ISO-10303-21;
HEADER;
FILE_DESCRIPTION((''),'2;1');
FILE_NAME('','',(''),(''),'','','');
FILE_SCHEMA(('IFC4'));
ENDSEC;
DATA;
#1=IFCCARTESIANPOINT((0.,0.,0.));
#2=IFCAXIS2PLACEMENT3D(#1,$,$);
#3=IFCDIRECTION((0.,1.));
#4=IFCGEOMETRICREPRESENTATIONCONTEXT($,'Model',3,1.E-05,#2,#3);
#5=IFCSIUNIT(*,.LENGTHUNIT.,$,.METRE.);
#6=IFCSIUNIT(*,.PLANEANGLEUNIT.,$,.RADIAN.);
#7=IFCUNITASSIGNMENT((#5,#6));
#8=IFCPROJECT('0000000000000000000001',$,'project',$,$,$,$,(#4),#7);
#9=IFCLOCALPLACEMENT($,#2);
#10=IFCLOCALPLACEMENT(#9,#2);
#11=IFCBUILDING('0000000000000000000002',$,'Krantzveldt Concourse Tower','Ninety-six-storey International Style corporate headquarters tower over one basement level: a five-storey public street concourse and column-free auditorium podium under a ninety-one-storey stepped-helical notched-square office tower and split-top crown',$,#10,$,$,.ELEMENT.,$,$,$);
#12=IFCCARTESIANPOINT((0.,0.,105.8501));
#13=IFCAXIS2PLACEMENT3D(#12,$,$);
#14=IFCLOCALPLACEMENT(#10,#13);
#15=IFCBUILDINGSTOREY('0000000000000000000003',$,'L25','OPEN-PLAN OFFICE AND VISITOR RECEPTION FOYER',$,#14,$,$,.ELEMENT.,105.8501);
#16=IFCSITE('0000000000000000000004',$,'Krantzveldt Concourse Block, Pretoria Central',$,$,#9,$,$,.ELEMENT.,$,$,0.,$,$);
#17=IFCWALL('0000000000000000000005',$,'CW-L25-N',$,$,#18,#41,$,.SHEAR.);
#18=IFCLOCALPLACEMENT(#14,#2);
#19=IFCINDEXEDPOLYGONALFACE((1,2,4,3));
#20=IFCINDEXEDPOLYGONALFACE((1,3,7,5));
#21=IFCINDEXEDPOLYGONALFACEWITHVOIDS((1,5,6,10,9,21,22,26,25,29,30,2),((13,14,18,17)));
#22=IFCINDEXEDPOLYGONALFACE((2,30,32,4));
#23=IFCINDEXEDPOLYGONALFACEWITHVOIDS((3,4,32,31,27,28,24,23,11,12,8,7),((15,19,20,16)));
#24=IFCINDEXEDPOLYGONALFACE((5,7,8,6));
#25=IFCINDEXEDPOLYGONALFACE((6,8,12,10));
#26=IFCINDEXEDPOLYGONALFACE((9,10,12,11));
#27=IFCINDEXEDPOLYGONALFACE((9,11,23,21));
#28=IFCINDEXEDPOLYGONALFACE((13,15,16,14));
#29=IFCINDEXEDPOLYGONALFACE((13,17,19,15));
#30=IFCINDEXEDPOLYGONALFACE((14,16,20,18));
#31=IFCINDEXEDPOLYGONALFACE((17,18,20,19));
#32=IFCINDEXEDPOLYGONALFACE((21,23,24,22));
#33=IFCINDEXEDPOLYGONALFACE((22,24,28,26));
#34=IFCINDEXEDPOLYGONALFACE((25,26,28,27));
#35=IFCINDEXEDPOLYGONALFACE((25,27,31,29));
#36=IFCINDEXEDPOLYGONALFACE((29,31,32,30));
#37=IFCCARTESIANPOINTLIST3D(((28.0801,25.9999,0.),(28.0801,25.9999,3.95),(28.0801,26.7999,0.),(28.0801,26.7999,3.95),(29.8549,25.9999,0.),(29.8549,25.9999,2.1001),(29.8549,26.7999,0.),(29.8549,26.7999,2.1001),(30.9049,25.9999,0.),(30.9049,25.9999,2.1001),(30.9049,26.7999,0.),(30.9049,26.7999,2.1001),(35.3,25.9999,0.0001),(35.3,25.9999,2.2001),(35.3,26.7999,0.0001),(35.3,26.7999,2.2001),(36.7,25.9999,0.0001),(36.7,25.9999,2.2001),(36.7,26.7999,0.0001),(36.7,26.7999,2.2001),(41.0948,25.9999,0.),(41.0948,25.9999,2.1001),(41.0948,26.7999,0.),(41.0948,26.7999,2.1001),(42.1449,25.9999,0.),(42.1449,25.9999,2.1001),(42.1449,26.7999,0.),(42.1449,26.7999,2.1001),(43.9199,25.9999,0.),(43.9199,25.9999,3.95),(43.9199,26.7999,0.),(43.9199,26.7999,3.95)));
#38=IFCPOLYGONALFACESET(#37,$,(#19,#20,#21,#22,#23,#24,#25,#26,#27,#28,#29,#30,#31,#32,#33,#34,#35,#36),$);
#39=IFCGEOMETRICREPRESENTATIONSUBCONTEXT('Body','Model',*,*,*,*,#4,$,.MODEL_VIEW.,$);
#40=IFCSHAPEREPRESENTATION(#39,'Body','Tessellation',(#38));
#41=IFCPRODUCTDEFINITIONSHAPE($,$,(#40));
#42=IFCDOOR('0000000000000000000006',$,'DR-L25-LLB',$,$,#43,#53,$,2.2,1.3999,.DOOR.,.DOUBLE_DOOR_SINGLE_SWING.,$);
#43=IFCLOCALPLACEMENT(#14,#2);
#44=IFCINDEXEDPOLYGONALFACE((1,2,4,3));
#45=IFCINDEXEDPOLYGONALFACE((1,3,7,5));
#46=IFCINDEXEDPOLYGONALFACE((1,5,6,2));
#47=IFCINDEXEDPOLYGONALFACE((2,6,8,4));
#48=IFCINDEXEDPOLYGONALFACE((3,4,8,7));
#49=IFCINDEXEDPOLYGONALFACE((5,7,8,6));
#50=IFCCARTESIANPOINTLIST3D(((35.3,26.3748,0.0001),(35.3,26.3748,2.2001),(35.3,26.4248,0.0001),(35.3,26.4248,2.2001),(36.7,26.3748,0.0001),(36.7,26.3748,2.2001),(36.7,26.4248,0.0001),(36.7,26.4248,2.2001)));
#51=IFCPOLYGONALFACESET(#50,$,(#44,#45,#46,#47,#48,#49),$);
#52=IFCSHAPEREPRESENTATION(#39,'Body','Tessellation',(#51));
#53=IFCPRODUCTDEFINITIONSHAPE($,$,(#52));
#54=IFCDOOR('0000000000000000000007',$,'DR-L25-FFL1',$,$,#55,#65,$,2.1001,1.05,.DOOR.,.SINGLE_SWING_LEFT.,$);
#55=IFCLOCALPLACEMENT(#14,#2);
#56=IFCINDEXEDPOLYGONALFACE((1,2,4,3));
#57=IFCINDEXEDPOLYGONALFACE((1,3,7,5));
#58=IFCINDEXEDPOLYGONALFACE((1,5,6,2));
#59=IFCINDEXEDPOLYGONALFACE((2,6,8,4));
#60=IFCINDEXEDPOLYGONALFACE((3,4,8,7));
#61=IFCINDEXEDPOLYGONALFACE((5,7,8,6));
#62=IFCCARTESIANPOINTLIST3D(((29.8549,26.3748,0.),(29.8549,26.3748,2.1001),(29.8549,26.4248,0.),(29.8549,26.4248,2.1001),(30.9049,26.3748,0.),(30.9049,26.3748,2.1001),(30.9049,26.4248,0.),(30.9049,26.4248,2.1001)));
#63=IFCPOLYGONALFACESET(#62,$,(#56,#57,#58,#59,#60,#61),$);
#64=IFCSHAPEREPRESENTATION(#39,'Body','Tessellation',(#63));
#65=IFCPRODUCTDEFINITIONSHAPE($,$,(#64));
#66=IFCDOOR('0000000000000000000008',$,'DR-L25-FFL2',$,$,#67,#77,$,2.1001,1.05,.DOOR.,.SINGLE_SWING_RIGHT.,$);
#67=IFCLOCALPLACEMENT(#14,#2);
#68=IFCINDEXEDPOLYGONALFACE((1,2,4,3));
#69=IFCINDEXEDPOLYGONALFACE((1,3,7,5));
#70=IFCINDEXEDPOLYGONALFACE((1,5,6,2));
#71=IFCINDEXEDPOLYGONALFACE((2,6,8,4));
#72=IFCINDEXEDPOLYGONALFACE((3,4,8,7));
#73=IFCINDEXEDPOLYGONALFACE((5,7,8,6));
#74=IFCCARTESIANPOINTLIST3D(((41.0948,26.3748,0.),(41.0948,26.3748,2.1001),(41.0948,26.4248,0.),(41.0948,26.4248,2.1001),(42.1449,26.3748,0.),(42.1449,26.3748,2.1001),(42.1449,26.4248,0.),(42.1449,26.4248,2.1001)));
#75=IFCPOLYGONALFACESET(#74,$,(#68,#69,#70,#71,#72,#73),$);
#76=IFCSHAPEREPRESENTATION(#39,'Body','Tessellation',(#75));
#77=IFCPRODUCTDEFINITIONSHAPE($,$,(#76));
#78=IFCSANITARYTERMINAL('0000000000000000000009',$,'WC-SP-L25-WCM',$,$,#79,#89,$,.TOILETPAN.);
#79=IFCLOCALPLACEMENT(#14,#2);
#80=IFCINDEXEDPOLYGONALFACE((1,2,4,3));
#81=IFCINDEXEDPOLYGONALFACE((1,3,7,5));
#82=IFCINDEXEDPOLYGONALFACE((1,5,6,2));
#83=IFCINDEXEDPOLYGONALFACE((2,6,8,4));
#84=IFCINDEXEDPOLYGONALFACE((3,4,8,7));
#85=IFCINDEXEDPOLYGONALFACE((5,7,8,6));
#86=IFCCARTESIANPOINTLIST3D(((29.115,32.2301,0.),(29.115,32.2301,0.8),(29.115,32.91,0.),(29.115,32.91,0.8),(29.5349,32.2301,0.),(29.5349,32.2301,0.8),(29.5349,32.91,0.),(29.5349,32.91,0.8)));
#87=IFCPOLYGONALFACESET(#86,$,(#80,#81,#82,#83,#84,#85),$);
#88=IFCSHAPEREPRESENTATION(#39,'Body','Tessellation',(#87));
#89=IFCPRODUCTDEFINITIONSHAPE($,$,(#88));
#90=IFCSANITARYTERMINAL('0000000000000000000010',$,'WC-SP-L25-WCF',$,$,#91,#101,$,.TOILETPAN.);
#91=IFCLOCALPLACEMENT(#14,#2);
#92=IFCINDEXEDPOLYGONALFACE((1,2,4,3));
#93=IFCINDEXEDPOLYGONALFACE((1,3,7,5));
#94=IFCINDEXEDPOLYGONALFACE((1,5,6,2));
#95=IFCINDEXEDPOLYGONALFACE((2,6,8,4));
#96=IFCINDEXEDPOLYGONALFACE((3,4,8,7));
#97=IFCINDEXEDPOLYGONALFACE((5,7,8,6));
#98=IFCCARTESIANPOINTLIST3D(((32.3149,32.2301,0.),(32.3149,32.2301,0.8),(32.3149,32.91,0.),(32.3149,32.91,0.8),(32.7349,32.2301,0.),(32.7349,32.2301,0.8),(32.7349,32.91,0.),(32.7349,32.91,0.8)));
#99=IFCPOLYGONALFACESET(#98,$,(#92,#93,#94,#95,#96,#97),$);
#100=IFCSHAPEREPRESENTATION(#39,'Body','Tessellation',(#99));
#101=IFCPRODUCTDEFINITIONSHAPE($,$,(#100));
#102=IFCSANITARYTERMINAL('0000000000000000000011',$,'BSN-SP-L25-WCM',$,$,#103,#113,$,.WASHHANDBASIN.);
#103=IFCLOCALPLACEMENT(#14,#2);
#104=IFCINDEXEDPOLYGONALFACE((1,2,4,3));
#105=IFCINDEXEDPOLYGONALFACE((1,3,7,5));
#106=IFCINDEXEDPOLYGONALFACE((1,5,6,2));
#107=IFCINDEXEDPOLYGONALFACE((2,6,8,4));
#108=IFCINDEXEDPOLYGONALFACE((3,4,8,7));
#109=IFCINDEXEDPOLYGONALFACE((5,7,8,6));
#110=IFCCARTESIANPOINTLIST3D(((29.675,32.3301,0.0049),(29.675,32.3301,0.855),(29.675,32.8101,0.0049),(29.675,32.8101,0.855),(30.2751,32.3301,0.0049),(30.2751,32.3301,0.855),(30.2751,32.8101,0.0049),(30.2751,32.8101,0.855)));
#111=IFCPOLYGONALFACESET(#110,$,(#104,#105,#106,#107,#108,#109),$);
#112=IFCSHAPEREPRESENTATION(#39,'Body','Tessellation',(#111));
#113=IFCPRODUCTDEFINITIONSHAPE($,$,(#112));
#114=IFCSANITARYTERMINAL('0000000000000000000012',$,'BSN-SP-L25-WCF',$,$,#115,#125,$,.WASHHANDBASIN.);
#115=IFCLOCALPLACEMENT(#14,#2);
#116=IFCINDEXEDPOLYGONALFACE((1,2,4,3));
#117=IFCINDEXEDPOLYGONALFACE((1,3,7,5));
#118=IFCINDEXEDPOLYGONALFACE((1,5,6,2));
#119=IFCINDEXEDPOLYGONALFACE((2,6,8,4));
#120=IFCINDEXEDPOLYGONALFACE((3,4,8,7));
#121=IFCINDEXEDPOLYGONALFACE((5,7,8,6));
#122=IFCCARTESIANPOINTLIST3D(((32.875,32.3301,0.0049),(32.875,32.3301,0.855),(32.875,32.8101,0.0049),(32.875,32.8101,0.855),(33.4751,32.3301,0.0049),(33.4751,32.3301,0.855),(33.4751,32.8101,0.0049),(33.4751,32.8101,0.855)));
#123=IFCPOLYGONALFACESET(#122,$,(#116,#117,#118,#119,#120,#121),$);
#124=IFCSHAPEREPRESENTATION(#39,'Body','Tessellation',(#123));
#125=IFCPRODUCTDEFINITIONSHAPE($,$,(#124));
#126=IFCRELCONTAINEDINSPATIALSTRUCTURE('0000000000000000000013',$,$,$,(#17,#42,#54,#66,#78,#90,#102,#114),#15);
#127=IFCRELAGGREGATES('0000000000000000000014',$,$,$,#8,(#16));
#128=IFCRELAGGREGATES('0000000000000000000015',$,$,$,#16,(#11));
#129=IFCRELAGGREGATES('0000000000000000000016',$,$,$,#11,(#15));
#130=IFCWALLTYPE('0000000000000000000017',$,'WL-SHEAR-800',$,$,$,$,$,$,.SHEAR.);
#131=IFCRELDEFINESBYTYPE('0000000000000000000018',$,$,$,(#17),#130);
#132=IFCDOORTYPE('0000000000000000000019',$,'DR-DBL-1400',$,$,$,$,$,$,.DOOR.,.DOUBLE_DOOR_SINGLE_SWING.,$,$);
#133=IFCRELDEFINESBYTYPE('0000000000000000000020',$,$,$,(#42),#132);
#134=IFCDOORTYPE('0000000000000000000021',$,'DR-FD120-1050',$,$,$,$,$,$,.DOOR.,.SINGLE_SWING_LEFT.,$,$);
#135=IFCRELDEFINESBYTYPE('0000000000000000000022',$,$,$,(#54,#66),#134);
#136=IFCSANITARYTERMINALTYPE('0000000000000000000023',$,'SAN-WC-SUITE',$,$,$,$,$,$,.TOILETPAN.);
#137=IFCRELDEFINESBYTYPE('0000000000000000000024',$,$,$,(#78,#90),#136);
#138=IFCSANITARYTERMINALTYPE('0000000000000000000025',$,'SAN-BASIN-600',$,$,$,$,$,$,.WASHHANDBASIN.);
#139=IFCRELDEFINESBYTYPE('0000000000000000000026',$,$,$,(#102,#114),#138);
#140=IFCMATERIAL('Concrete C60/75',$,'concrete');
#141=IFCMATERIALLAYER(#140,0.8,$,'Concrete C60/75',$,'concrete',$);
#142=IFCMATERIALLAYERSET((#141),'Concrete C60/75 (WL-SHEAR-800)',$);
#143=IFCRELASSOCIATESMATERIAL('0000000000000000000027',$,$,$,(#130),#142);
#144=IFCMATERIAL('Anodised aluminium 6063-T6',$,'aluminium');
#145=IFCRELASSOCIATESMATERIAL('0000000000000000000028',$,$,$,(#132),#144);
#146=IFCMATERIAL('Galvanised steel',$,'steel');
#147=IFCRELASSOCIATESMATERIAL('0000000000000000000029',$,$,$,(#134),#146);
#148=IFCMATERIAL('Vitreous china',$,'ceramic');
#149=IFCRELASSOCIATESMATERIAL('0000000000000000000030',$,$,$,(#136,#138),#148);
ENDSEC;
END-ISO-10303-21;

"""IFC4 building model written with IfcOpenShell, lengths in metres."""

from ifc_helpers import new_model, si_unit, direction, frame, frame_2d, origin, origin_2d, place, context, subcontext, project, spatial, rectangle, extrude, source, transform, mapped, material, layer, layer_set, type_object, type_shapes, element, fill, save


model = new_model("IFC4")

# Units and contexts
model_context = context("Model", 3, precision=1e-05, world=origin(), true_north=direction((0.0, 1.0)))
body_context = subcontext(model_context, "Body", "Model", "MODEL_VIEW")
ifc_project = project(units=[si_unit("LENGTHUNIT", "METRE"), si_unit("PLANEANGLEUNIT", "RADIAN")], contexts=[model_context])

# Site, building, storey
site_placement = place(None, origin())
site = spatial("IfcSite", under=ifc_project, at=site_placement, Name="Krantzveldt Concourse Block, Pretoria Central", CompositionType="ELEMENT", RefElevation=0.0)
building_placement = place(site_placement, origin())
building = spatial("IfcBuilding", under=site, at=building_placement, Name="Krantzveldt Concourse Tower", Description="Ninety-six-storey International Style corporate headquarters tower over one basement level: a five-storey public street concourse and column-free auditorium podium under a ninety-one-storey stepped-helical notched-square office tower and split-top crown", CompositionType="ELEMENT")
storey_placement = place(building_placement, frame((0.0, 0.0, 105.8501)))
storey = spatial("IfcBuildingStorey", under=building, at=storey_placement, Name="L25", Description="OPEN-PLAN OFFICE AND VISITOR RECEPTION FOYER", CompositionType="ELEMENT", Elevation=105.8501)

# Wall, openings, doors
ifc_material_1 = material(Name="Concrete C60/75", Category="concrete")
ifc_layer_1 = layer(ifc_material_1, 0.8, Name="Concrete C60/75", Category="concrete")
ifc_layer_set_1 = layer_set([ifc_layer_1], Name="Concrete C60/75 (WL-SHEAR-800)")
wall_type_1 = type_object("IfcWallType", Name="WL-SHEAR-800", PredefinedType="SHEAR", material=ifc_layer_set_1)
wall_1_placement = place(storey_placement, frame((28.0801, 26.3999, 0.0), z_axis=(0.0, 0.0, 1.0), x_axis=(1.0, 0.0, 0.0)))
wall_1 = element("IfcWall", 1, at=wall_1_placement, inside=storey, type_object=wall_type_1, Name="CW-L25-N", PredefinedType="SHEAR", context=body_context, shape_type="SweptSolid", body=[
    extrude(rectangle(XDim=15.8398, YDim=0.8, at=frame_2d((7.9199, 0.0))), origin(), (0.0, 0.0, 1.0), 3.95),
])
opening_1_placement = place(wall_1_placement, frame((7.22, 0.0, 0.0)))
opening_1 = element("IfcOpeningElement", 2, at=opening_1_placement, cuts=wall_1, PredefinedType="OPENING", context=body_context, shape_type="SweptSolid", body=[
    extrude(rectangle(XDim=1.3999, YDim=2.2, at=frame_2d((0.7, 1.1001))), frame((0.0, 0.4102, 0.0), z_axis=(0.0, -1.0, 0.0), x_axis=(1.0, 0.0, 0.0)), (0.0, 0.0, 1.0), 0.8201),
])
opening_2_placement = place(wall_1_placement, frame((1.7749, 0.0, 0.0)))
opening_2 = element("IfcOpeningElement", 3, at=opening_2_placement, cuts=wall_1, PredefinedType="OPENING", context=body_context, shape_type="SweptSolid", body=[
    extrude(rectangle(XDim=1.05, YDim=2.1001, at=frame_2d((0.5249, 1.05))), frame((0.0, 0.4102, 0.0), z_axis=(0.0, -1.0, 0.0), x_axis=(1.0, 0.0, 0.0)), (0.0, 0.0, 1.0), 0.8201),
])
opening_3_placement = place(wall_1_placement, frame((13.0149, 0.0, 0.0)))
opening_3 = element("IfcOpeningElement", 4, at=opening_3_placement, cuts=wall_1, PredefinedType="OPENING", context=body_context, shape_type="SweptSolid", body=[
    extrude(rectangle(XDim=1.05, YDim=2.1001, at=frame_2d((0.5249, 1.05))), frame((0.0, 0.4102, 0.0), z_axis=(0.0, -1.0, 0.0), x_axis=(1.0, 0.0, 0.0)), (0.0, 0.0, 1.0), 0.8201),
])
ifc_material_2 = material(Name="Anodised aluminium 6063-T6", Category="aluminium")
door_type_1 = type_object("IfcDoorType", Name="DR-DBL-1400", OperationType="DOUBLE_DOOR_SINGLE_SWING", PredefinedType="DOOR", material=ifc_material_2)
door_1_placement = place(opening_1_placement, origin())
door_1 = element("IfcDoor", 5, at=door_1_placement, inside=storey, type_object=door_type_1, Name="DR-L25-LLB", OperationType="DOUBLE_DOOR_SINGLE_SWING", OverallHeight=2.2, OverallWidth=1.3999, PredefinedType="DOOR", context=body_context, shape_type="SweptSolid", body=[
    extrude(rectangle(XDim=1.3999, YDim=2.2, at=frame_2d((0.7, 1.1001))), frame((0.0, 0.0249, 0.0), z_axis=(0.0, -1.0, 0.0), x_axis=(1.0, 0.0, 0.0)), (0.0, 0.0, 1.0), 0.05),
])
fill(opening_1, door_1)
ifc_material_3 = material(Name="Galvanised steel", Category="steel")
door_type_2 = type_object("IfcDoorType", Name="DR-FD120-1050", OperationType="SINGLE_SWING_LEFT", PredefinedType="DOOR", material=ifc_material_3)
door_2_placement = place(opening_2_placement, origin())
door_2 = element("IfcDoor", 6, at=door_2_placement, inside=storey, type_object=door_type_2, Name="DR-L25-FFL1", OperationType="SINGLE_SWING_LEFT", OverallHeight=2.1001, OverallWidth=1.05, PredefinedType="DOOR", context=body_context, shape_type="SweptSolid", body=[
    extrude(rectangle(XDim=1.05, YDim=2.1001, at=frame_2d((0.5249, 1.05))), frame((0.0, 0.0249, 0.0), z_axis=(0.0, -1.0, 0.0), x_axis=(1.0, 0.0, 0.0)), (0.0, 0.0, 1.0), 0.05),
])
fill(opening_2, door_2)
door_3_placement = place(opening_3_placement, origin())
door_3 = element("IfcDoor", 7, at=door_3_placement, inside=storey, type_object=door_type_2, Name="DR-L25-FFL2", OperationType="SINGLE_SWING_RIGHT", OverallHeight=2.1001, OverallWidth=1.05, PredefinedType="DOOR", context=body_context, shape_type="SweptSolid", body=[
    extrude(rectangle(XDim=1.05, YDim=2.1001, at=frame_2d((0.5249, 1.05))), frame((0.0, 0.0249, 0.0), z_axis=(0.0, -1.0, 0.0), x_axis=(1.0, 0.0, 0.0)), (0.0, 0.0, 1.0), 0.05),
])
fill(opening_3, door_3)

# Sanitary terminals
ifc_material_4 = material(Name="Vitreous china", Category="ceramic")
sanitary_terminal_type_1 = type_object("IfcSanitaryTerminalType", Name="SAN-WC-SUITE", PredefinedType="TOILETPAN", material=ifc_material_4)
shared_shape_1 = source(origin(), body_context, "Body", "SweptSolid", [
    extrude(rectangle(XDim=0.4199, YDim=0.6799, at=origin_2d()), origin(), (0.0, 0.0, 1.0), 0.8),
])
type_shapes(sanitary_terminal_type_1, [shared_shape_1])
for number, where, z_axis, x_axis, name in (
    (8, (29.325, 32.5701, 0.0), (0.0, 0.0, 1.0), (1.0, 0.0, 0.0), "WC-SP-L25-WCM"),
    (9, (32.5249, 32.5701, 0.0), (0.0, 0.0, 1.0), (1.0, 0.0, 0.0), "WC-SP-L25-WCF"),
):
    element("IfcSanitaryTerminal", number, at=place(storey_placement, frame(where, z_axis=z_axis, x_axis=x_axis)), inside=storey, type_object=sanitary_terminal_type_1, Name=name, PredefinedType="TOILETPAN", context=body_context, shape_type="MappedRepresentation", body=[
        mapped(shared_shape_1, transform((0.0, 0.0, 0.0), x_axis=(1.0, 0.0, 0.0), y_axis=(0.0, 1.0, 0.0), z_axis=(0.0, 0.0, 1.0), scale=1.0)),
    ])
sanitary_terminal_type_2 = type_object("IfcSanitaryTerminalType", Name="SAN-BASIN-600", PredefinedType="WASHHANDBASIN", material=ifc_material_4)
shared_shape_2 = source(origin(), body_context, "Body", "SweptSolid", [
    extrude(rectangle(XDim=0.6001, YDim=0.48, at=origin_2d()), origin(), (0.0, 0.0, 1.0), 0.8501),
])
type_shapes(sanitary_terminal_type_2, [shared_shape_2])
for number, where, z_axis, x_axis, name in (
    (10, (29.9751, 32.5701, 0.0049), (0.0, 0.0, 1.0), (1.0, 0.0, 0.0), "BSN-SP-L25-WCM"),
    (11, (33.175, 32.5701, 0.0049), (0.0, 0.0, 1.0), (1.0, 0.0, 0.0), "BSN-SP-L25-WCF"),
):
    element("IfcSanitaryTerminal", number, at=place(storey_placement, frame(where, z_axis=z_axis, x_axis=x_axis)), inside=storey, type_object=sanitary_terminal_type_2, Name=name, PredefinedType="WASHHANDBASIN", context=body_context, shape_type="MappedRepresentation", body=[
        mapped(shared_shape_2, transform((0.0, 0.0, 0.0), x_axis=(1.0, 0.0, 0.0), y_axis=(0.0, 1.0, 0.0), z_axis=(0.0, 0.0, 1.0), scale=1.0)),
    ])

save(model, "model.ifc")
